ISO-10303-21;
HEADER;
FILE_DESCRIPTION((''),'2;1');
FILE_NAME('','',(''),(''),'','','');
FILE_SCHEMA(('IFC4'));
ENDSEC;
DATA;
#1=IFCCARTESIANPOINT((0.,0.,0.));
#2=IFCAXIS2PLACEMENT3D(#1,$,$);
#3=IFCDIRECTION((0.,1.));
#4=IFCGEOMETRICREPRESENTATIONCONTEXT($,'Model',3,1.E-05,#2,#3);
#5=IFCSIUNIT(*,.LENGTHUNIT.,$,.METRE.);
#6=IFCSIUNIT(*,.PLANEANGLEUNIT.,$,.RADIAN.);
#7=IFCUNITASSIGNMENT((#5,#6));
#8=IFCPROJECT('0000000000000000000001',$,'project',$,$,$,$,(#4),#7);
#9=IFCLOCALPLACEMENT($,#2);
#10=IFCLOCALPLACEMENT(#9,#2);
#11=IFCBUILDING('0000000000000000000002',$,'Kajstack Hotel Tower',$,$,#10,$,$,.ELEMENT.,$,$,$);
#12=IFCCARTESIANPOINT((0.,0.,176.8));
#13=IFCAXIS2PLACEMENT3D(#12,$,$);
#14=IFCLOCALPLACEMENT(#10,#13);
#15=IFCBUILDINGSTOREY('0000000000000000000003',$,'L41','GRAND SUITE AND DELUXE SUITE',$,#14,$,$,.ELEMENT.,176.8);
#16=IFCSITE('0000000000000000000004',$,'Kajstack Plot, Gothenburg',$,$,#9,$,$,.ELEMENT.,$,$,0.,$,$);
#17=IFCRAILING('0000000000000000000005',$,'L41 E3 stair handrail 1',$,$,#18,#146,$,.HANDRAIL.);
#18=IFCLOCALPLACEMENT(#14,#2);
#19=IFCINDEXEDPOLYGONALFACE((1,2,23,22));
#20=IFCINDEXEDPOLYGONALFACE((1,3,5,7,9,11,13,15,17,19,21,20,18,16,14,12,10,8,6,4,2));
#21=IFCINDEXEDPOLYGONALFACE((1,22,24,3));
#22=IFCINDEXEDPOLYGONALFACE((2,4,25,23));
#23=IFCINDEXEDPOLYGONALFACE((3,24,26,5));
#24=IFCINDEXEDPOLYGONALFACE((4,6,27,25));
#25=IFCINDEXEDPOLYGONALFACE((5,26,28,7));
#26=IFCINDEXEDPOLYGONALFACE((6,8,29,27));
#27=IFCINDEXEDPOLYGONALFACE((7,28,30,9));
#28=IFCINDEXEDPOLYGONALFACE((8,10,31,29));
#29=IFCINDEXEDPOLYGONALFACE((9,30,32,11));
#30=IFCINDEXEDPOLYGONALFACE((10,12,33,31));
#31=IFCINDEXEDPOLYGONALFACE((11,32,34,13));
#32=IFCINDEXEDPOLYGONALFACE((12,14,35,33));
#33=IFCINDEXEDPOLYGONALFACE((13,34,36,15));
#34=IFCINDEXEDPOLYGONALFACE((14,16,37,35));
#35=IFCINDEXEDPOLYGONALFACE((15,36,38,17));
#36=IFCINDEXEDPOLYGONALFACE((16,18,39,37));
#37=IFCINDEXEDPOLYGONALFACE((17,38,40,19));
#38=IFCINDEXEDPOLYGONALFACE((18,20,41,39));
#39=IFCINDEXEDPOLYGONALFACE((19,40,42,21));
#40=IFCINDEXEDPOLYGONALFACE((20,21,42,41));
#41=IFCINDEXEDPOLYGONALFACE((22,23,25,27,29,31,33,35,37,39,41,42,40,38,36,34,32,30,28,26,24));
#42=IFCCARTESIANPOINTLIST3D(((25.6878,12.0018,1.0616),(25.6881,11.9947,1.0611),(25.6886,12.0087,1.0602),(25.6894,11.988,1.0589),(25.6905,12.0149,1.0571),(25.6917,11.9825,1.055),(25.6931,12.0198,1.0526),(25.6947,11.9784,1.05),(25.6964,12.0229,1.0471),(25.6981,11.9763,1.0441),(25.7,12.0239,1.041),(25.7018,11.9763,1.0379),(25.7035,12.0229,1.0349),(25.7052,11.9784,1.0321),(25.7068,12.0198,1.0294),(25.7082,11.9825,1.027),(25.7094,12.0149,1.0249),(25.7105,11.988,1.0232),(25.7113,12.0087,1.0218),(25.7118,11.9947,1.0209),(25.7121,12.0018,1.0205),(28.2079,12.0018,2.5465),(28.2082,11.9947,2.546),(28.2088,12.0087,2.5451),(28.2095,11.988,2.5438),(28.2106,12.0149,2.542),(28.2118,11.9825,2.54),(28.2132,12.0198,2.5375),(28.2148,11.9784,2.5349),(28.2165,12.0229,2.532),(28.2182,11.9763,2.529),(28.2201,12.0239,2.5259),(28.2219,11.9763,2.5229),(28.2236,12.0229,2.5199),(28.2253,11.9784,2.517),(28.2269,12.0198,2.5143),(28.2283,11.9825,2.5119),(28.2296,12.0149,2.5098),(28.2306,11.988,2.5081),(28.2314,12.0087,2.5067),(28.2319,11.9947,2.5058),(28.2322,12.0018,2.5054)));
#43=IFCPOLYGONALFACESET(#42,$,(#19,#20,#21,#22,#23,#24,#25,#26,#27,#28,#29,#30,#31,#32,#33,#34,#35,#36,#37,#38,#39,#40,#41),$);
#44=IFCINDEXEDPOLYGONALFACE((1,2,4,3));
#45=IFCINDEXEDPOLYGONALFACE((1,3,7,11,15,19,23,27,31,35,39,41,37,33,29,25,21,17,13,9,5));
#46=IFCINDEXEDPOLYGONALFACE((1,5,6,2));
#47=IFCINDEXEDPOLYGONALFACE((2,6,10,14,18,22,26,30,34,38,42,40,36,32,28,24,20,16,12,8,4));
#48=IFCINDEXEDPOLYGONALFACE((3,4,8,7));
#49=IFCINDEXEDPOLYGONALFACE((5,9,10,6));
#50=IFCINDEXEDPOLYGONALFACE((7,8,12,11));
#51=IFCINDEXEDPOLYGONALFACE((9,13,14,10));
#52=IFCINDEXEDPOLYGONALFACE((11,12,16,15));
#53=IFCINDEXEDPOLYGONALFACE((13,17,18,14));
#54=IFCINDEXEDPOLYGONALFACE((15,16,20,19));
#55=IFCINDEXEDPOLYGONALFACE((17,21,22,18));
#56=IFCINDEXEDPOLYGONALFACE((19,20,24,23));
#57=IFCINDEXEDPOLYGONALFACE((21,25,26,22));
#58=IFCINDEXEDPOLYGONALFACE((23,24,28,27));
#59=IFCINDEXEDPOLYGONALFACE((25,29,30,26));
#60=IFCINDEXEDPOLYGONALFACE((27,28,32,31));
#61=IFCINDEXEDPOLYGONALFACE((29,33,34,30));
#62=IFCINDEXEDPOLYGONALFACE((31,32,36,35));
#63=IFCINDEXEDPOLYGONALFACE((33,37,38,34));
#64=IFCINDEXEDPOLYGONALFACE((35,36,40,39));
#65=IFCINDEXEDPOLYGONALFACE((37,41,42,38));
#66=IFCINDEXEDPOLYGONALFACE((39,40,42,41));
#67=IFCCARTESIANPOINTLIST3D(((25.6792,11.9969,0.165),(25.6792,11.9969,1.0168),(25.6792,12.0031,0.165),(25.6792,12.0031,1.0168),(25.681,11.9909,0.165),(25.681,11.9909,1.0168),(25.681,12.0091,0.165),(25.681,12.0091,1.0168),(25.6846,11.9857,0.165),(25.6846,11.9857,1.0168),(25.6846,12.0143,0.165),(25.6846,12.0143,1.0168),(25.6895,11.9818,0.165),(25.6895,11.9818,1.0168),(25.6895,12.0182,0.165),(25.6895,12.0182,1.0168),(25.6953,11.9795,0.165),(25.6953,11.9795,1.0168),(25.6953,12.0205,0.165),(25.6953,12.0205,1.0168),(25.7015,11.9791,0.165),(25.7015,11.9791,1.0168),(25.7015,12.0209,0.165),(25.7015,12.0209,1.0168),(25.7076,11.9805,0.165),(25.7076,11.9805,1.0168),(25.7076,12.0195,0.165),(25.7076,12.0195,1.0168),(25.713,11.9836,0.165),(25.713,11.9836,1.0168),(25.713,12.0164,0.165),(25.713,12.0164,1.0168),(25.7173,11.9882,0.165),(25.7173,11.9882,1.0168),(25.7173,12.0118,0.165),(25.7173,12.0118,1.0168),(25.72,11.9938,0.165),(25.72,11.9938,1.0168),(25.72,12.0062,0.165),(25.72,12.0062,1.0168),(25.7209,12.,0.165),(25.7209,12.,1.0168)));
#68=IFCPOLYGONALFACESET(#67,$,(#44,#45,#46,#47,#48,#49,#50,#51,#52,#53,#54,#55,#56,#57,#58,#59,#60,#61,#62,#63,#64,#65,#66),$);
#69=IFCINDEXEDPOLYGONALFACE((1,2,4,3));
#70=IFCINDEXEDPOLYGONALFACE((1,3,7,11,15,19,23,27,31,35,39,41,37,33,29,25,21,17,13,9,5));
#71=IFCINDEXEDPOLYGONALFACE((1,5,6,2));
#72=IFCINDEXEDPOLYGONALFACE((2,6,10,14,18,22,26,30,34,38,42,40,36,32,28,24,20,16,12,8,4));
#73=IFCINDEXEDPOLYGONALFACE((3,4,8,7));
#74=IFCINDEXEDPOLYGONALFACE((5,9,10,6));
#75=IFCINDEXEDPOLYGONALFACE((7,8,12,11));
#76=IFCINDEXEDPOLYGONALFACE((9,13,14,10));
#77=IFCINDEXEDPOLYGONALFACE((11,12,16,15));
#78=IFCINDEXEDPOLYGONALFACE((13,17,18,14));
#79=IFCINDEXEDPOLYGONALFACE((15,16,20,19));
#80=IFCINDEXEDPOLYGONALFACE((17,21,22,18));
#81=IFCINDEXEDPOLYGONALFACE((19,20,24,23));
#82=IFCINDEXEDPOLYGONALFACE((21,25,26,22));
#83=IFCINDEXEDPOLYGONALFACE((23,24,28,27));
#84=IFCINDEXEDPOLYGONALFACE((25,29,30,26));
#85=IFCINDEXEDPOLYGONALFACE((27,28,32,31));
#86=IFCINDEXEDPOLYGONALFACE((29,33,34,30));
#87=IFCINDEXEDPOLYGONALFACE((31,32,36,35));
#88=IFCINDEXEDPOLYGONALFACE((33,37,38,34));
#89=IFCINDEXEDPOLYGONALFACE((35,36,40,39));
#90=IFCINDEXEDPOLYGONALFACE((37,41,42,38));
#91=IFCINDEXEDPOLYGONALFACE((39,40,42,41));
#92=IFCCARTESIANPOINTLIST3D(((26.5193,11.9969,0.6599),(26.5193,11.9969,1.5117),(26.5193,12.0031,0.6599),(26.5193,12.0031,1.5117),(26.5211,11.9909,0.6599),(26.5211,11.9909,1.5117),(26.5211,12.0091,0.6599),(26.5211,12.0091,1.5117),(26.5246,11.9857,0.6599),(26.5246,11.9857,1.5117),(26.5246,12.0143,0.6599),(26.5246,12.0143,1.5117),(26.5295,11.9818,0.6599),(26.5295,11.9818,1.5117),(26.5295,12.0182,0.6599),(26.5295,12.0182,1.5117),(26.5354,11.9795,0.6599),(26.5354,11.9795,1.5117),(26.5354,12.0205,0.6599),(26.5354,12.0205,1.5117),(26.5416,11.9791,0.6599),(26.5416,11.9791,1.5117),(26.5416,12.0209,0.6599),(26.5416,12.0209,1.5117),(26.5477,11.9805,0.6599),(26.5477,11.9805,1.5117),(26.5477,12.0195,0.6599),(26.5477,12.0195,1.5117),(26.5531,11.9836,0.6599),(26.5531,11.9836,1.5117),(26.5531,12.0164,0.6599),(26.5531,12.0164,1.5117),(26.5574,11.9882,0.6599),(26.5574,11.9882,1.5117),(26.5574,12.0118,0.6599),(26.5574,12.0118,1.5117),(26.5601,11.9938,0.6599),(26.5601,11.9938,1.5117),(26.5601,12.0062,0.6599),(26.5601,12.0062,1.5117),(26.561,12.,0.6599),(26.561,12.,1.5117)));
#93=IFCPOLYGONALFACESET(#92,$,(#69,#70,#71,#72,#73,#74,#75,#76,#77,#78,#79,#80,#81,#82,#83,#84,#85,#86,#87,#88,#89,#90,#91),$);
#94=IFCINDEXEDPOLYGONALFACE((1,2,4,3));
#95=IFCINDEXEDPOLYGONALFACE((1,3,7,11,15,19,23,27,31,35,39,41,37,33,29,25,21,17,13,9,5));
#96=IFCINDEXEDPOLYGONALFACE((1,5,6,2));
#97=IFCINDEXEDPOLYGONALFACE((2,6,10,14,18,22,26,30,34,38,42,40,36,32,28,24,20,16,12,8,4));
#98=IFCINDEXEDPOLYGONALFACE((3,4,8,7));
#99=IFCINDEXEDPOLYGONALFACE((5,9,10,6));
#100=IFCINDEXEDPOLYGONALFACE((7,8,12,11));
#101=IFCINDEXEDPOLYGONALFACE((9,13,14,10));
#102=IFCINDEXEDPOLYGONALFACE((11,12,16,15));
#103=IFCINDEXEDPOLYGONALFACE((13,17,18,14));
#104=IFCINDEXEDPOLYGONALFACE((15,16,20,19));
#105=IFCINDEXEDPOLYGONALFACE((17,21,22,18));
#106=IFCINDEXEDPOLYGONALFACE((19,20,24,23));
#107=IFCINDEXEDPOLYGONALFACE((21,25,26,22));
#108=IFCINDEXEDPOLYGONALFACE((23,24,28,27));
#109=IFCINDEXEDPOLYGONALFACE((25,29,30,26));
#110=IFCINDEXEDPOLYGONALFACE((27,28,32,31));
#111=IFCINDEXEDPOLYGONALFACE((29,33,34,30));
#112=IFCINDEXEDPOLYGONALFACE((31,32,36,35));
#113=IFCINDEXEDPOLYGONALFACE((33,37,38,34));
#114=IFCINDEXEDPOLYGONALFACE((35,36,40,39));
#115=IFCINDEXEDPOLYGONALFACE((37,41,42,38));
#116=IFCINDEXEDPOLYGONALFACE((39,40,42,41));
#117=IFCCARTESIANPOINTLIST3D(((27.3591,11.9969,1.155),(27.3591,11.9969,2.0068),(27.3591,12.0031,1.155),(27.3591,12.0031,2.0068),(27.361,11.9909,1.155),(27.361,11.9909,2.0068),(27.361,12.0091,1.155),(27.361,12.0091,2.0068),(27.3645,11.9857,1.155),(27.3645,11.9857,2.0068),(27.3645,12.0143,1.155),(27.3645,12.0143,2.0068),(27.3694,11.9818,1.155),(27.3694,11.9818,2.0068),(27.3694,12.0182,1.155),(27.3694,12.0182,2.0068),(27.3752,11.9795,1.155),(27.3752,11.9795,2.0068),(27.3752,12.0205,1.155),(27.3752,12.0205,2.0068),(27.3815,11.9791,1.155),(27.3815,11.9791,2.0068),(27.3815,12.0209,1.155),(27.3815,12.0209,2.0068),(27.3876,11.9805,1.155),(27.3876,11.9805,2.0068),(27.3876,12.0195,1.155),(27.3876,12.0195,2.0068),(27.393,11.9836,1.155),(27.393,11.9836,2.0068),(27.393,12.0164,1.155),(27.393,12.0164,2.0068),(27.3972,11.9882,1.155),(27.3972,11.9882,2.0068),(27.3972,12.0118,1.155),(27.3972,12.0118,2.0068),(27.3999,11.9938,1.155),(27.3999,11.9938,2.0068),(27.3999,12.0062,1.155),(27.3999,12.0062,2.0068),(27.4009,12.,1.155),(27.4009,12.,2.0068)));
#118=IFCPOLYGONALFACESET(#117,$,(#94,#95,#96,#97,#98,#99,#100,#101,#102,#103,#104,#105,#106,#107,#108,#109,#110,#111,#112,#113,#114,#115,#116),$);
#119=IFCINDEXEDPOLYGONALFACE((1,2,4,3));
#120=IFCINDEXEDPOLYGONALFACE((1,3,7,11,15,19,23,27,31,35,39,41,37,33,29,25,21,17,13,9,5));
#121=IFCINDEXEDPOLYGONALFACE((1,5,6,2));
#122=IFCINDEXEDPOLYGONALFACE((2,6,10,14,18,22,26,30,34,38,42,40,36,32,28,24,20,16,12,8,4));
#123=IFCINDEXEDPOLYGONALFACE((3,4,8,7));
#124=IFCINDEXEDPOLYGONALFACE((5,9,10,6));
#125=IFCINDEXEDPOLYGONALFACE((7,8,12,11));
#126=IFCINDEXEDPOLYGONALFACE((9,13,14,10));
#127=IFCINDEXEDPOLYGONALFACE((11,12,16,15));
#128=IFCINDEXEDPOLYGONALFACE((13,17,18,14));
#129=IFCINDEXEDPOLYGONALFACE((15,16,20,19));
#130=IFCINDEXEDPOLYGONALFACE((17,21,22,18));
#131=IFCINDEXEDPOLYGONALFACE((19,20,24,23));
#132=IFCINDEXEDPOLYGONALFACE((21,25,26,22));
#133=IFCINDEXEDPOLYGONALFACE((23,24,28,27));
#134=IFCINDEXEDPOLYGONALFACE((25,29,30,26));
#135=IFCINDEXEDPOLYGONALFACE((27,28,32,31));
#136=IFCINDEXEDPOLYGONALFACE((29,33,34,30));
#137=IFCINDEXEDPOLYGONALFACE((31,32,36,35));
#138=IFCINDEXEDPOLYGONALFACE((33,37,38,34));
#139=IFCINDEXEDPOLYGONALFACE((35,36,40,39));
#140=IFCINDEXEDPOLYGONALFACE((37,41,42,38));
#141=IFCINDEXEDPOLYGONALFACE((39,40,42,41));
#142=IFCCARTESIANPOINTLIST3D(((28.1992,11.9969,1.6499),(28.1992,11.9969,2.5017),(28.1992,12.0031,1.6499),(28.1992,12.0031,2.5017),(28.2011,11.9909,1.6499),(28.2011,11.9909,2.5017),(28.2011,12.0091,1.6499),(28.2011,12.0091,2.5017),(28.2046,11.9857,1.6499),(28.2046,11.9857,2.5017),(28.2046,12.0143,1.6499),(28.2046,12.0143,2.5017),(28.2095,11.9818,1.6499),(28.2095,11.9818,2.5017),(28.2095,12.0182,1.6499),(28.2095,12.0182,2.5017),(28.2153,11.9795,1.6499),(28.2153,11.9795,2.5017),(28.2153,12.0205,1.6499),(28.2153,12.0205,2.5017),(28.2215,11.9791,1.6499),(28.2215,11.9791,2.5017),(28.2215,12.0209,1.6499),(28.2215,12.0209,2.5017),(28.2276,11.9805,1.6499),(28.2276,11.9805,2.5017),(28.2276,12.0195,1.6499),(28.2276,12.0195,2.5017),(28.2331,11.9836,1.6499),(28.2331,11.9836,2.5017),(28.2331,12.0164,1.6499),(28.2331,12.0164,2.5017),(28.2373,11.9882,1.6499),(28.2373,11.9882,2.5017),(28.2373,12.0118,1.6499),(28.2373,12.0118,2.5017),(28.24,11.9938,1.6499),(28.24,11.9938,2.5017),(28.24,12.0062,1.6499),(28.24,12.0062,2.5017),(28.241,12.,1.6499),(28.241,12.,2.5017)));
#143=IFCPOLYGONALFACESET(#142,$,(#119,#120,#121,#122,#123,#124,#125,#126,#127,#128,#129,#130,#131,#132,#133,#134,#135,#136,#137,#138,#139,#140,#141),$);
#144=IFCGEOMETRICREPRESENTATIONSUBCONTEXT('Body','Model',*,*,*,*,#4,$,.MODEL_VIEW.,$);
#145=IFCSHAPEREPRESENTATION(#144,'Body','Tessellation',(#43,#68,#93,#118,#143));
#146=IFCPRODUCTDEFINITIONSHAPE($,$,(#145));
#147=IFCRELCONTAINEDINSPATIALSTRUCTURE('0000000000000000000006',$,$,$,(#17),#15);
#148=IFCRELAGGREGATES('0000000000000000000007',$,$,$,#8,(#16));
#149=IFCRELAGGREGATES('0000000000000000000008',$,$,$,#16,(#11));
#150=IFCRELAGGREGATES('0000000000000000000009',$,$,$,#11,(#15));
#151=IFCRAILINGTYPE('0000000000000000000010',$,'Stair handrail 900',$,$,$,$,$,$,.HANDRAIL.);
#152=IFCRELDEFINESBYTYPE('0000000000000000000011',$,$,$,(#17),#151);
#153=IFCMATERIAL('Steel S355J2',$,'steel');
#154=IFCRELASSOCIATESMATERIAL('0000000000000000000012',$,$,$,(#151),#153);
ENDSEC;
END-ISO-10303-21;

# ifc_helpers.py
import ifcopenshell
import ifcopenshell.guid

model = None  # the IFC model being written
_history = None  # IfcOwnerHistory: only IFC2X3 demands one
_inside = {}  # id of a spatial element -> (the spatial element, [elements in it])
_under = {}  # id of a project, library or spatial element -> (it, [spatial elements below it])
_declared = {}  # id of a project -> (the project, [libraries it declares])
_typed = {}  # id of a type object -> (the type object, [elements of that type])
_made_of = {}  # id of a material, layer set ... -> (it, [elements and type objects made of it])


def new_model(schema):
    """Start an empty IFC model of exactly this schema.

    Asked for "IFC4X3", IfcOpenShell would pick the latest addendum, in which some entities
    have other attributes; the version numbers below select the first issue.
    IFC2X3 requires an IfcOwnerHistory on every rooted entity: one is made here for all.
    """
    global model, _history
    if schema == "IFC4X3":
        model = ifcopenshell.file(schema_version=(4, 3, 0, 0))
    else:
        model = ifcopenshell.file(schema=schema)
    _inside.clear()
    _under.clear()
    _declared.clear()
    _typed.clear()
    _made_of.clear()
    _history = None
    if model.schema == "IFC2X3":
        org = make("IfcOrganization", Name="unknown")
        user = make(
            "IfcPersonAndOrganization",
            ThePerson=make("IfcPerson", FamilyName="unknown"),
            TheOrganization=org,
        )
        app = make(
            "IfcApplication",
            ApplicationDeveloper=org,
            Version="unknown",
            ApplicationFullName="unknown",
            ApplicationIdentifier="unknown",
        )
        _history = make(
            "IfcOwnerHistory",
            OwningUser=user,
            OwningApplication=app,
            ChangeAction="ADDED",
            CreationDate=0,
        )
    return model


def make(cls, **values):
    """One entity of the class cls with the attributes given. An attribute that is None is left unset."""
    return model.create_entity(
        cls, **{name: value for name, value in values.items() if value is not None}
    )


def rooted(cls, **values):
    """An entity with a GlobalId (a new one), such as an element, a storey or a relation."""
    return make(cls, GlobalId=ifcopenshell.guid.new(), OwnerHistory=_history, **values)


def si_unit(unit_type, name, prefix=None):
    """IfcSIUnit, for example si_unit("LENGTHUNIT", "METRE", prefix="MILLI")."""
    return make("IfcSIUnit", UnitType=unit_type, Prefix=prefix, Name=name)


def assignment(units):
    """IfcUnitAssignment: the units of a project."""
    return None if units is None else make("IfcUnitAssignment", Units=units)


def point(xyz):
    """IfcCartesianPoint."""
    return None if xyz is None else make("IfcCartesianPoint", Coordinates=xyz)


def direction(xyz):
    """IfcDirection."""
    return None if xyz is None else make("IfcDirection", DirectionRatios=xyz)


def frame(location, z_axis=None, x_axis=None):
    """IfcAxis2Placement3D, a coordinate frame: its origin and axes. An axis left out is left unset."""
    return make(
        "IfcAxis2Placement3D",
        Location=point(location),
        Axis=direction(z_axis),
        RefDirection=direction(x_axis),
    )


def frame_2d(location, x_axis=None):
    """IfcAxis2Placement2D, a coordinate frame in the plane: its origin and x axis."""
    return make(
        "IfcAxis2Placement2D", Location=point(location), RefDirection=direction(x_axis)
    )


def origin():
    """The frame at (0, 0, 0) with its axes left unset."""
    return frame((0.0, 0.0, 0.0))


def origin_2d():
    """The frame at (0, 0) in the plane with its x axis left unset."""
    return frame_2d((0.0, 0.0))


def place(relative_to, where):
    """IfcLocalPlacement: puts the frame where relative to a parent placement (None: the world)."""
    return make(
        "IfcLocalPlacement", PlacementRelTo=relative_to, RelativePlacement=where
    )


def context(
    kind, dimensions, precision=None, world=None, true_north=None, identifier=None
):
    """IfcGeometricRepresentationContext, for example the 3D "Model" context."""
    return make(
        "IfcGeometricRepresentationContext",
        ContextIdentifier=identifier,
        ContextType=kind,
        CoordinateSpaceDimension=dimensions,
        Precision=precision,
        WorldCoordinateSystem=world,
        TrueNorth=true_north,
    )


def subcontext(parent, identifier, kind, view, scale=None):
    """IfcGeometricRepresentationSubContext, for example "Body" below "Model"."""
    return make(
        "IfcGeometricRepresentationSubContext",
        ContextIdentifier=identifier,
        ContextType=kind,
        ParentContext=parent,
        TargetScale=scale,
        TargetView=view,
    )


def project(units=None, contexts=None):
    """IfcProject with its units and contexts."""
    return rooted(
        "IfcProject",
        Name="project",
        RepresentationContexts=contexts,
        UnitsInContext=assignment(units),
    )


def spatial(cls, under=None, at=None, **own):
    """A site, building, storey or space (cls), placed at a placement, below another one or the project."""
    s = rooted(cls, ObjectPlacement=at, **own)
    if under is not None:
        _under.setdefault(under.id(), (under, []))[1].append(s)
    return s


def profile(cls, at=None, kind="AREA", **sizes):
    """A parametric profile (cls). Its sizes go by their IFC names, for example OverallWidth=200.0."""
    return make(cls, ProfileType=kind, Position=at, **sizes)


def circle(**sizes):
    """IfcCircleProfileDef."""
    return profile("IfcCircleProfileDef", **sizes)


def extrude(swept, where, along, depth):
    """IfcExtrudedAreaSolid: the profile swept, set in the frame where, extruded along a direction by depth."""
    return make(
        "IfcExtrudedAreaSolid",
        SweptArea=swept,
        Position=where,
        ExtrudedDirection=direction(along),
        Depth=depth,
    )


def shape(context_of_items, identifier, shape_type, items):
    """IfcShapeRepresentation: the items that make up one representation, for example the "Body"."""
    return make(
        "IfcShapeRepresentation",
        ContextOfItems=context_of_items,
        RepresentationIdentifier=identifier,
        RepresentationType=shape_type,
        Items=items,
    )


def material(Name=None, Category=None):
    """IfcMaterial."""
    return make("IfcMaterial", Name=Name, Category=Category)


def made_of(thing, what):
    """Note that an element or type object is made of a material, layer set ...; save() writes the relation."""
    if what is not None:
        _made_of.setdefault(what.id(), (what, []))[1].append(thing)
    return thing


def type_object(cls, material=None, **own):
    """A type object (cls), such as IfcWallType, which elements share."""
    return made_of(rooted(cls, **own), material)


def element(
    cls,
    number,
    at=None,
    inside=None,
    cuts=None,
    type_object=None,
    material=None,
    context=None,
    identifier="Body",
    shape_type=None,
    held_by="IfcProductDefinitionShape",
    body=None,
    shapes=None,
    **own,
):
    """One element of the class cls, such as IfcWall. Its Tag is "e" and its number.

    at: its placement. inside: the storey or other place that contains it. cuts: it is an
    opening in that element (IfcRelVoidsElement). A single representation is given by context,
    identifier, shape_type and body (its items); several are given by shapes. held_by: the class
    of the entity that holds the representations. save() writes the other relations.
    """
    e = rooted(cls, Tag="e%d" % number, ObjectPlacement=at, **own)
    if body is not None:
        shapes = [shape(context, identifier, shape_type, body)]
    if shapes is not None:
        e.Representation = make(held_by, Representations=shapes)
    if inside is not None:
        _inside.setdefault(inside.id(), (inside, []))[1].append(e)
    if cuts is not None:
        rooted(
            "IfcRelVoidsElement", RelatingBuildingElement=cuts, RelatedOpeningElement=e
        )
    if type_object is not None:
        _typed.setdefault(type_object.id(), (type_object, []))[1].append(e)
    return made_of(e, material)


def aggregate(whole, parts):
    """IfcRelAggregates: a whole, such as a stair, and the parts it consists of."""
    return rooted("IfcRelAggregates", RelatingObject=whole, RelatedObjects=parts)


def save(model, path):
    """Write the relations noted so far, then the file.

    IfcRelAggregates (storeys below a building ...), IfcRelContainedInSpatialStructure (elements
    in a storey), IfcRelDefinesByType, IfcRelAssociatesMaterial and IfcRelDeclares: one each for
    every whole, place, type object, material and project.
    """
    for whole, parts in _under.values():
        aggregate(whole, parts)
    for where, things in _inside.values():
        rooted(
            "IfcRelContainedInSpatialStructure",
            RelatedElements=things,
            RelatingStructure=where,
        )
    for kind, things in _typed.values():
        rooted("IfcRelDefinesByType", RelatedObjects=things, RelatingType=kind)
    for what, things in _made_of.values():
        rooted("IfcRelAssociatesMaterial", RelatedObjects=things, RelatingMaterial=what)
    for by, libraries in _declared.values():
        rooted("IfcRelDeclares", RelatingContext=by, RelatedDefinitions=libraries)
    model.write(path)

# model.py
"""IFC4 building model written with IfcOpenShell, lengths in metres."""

from ifc_helpers import new_model, si_unit, direction, frame, origin, origin_2d, place, context, subcontext, project, spatial, circle, extrude, material, type_object, element, save


model = new_model("IFC4")

# Units and contexts
model_context = context("Model", 3, precision=1e-05, world=origin(), true_north=direction((0.0, 1.0)))
body_context = subcontext(model_context, "Body", "Model", "MODEL_VIEW")
ifc_project = project(units=[si_unit("LENGTHUNIT", "METRE"), si_unit("PLANEANGLEUNIT", "RADIAN")], contexts=[model_context])

# Site, building, storey
site_placement = place(None, origin())
site = spatial("IfcSite", under=ifc_project, at=site_placement, Name="Kajstack Plot, Gothenburg", CompositionType="ELEMENT", RefElevation=0.0)
building_placement = place(site_placement, origin())
building = spatial("IfcBuilding", under=site, at=building_placement, Name="Kajstack Hotel Tower", CompositionType="ELEMENT")
storey_placement = place(building_placement, frame((0.0, 0.0, 176.8)))
storey = spatial("IfcBuildingStorey", under=building, at=storey_placement, Name="L41", Description="GRAND SUITE AND DELUXE SUITE", CompositionType="ELEMENT", Elevation=176.8)

# Railing
ifc_material_1 = material(Name="Steel S355J2", Category="steel")
railing_type_1 = type_object("IfcRailingType", Name="Stair handrail 900", PredefinedType="HANDRAIL", material=ifc_material_1)
railing_1_placement = place(storey_placement, frame((25.7, 12.0, 0.165)))
element("IfcRailing", 1, at=railing_1_placement, inside=storey, type_object=railing_type_1, Name="L41 E3 stair handrail 1", PredefinedType="HANDRAIL", context=body_context, shape_type="SweptSolid", body=[
    extrude(circle(Radius=0.0239, at=origin_2d()), frame((0.0, 0.0, 0.876), z_axis=(0.861561, 0.0, 0.507655), x_axis=(0.0, 1.0, 0.0)), (0.0, 0.0, 1.0), 2.925),
    extrude(circle(Radius=0.021, at=origin_2d()), origin(), (0.0, 0.0, 1.0), 0.8518),
    extrude(circle(Radius=0.021, at=origin_2d()), frame((0.8401, 0.0, 0.4949)), (0.0, 0.0, 1.0), 0.8518),
    extrude(circle(Radius=0.021, at=origin_2d()), frame((1.6799, 0.0, 0.99)), (0.0, 0.0, 1.0), 0.8518),
    extrude(circle(Radius=0.021, at=origin_2d()), frame((2.52, 0.0, 1.4849)), (0.0, 0.0, 1.0), 0.8518),
])

save(model, "model.ifc")
